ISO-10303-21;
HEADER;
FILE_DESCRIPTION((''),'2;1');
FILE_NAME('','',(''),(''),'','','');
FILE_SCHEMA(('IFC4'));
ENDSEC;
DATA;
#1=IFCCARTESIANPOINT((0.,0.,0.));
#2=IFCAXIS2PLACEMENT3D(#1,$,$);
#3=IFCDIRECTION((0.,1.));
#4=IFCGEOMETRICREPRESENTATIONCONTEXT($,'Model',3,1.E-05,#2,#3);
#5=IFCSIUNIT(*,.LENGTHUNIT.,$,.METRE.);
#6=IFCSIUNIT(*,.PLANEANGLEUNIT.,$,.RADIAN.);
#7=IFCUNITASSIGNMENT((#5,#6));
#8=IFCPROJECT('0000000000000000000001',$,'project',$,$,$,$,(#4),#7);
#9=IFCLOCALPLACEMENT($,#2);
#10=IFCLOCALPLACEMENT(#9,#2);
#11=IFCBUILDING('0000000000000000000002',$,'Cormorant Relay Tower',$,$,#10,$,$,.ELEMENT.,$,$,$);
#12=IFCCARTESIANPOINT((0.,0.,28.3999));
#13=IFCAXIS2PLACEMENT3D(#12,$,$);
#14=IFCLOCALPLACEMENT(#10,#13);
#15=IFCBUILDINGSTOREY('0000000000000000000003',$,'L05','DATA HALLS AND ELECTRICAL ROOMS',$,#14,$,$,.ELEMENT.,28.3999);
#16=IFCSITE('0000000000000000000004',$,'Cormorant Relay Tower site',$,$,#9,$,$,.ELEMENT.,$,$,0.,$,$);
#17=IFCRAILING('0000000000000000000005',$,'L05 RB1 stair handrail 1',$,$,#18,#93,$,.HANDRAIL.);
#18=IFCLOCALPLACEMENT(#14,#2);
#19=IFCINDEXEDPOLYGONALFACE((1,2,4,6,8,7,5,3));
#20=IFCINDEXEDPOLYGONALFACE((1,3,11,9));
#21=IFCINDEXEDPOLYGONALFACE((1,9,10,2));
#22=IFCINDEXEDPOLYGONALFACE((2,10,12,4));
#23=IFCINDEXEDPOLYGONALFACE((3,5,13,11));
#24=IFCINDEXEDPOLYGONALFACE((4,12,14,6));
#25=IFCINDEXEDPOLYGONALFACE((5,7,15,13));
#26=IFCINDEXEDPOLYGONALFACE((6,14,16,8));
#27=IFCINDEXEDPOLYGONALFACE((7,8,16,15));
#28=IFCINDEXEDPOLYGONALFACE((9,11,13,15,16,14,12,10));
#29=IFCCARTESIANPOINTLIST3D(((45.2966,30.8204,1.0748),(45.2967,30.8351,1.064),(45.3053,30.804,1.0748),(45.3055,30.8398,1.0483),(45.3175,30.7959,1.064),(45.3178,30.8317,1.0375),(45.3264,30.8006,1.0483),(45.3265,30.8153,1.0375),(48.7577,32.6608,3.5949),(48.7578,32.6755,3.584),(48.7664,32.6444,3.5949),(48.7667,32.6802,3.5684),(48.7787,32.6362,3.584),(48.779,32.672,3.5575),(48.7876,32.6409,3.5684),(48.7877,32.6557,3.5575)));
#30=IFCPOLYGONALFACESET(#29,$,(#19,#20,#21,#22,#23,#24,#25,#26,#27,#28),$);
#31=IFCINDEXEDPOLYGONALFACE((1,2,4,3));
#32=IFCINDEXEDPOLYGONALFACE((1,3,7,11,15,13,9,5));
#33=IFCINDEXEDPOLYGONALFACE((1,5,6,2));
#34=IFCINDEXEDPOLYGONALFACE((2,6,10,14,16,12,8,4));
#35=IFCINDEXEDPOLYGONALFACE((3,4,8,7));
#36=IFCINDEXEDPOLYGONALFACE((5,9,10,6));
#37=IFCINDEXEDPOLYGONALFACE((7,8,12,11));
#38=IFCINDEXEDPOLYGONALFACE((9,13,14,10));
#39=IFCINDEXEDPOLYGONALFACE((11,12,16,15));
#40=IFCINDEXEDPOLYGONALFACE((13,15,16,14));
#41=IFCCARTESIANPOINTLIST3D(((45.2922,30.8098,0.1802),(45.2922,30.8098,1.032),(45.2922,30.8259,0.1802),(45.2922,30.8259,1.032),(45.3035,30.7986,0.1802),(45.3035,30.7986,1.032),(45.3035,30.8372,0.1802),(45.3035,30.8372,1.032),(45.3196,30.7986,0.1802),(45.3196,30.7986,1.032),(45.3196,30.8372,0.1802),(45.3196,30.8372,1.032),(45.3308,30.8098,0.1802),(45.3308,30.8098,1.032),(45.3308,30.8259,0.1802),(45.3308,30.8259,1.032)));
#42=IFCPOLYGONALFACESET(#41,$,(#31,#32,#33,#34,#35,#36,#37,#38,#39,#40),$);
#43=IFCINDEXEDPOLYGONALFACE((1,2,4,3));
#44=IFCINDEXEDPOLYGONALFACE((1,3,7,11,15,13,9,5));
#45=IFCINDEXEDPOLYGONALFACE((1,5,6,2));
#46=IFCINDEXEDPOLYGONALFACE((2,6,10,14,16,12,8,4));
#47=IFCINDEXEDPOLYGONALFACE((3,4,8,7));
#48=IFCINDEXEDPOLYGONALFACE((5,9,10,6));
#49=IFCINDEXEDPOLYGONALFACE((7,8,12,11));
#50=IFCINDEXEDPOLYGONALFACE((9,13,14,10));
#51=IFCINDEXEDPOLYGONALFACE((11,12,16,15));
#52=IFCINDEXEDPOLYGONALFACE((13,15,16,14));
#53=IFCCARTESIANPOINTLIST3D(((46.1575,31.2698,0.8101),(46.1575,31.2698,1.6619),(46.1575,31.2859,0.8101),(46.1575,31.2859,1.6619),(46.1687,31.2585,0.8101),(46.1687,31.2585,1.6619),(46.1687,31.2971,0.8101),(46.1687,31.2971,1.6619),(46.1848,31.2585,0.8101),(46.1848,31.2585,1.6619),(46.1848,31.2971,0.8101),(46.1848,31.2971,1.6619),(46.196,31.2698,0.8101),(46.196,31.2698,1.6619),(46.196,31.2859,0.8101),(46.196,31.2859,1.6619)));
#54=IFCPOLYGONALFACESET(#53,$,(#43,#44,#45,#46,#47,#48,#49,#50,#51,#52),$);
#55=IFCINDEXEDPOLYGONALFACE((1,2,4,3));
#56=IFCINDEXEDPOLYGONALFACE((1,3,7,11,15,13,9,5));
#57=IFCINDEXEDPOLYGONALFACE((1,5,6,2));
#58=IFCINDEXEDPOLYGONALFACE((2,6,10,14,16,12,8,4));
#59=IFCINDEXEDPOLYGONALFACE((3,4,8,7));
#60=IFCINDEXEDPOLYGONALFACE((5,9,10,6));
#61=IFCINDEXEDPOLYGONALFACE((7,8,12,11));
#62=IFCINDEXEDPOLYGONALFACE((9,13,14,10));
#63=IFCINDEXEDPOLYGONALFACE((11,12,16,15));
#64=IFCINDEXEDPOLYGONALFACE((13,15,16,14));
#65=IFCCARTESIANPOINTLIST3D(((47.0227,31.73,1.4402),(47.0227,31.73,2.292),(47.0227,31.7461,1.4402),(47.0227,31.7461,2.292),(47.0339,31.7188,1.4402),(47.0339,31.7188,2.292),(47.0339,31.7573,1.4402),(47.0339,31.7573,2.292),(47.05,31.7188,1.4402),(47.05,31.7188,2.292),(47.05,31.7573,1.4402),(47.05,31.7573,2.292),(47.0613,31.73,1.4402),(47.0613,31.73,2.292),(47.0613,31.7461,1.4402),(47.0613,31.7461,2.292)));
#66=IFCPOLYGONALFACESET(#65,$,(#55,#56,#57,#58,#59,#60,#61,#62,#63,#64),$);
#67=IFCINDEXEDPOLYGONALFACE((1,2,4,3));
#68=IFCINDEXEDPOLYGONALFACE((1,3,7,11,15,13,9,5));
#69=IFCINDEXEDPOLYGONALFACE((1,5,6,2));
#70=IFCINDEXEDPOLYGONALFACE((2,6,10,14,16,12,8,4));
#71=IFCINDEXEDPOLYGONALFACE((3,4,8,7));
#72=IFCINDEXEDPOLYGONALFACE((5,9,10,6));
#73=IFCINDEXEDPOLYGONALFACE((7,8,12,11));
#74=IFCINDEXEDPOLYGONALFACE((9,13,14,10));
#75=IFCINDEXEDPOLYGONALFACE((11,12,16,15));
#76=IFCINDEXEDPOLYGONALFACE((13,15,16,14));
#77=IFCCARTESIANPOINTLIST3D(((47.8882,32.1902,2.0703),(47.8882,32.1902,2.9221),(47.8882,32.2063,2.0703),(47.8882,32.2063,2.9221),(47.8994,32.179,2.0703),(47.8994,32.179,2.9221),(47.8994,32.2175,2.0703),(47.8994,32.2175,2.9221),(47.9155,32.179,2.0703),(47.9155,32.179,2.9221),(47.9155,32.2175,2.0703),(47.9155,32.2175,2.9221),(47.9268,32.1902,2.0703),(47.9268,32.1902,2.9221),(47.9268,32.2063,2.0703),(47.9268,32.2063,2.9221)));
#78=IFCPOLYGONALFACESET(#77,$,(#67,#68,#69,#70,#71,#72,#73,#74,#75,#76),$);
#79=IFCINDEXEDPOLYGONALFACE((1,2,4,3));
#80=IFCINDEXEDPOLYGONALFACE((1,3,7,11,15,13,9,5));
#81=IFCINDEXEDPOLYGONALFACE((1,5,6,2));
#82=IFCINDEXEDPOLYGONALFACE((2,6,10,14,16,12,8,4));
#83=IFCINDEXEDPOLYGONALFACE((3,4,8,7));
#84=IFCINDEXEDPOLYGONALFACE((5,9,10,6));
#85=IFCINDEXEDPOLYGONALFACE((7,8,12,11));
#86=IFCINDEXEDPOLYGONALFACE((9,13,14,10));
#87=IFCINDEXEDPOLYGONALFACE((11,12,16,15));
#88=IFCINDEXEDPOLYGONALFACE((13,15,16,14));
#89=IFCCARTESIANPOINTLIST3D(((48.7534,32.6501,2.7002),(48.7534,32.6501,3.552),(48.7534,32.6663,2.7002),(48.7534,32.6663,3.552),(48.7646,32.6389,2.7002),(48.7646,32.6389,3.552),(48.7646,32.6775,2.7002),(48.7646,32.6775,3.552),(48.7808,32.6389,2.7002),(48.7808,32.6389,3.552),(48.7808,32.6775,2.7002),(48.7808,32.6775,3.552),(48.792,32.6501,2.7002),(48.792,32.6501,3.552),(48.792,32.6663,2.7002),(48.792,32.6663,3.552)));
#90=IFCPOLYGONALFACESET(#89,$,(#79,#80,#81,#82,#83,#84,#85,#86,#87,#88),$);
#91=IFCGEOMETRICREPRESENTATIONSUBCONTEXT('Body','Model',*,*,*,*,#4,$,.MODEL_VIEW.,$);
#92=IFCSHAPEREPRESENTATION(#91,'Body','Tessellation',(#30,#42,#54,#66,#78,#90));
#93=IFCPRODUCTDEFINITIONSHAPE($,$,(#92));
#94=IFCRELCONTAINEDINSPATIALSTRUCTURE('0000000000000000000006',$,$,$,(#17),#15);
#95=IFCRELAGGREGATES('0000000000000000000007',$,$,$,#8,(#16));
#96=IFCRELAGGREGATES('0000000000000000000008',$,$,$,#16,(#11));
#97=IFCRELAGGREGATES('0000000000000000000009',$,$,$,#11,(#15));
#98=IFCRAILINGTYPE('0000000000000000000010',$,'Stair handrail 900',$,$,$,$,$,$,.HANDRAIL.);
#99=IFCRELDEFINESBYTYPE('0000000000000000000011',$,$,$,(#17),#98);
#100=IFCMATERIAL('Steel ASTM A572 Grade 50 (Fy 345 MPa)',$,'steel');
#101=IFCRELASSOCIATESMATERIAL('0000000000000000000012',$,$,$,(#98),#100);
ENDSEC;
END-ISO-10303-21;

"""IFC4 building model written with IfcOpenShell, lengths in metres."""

from ifc_helpers import new_model, si_unit, direction, frame, origin, place, context, subcontext, project, spatial, polyline, outline, extrude, material, type_object, element, save


model = new_model("IFC4")

# Units and contexts
model_context = context("Model", 3, precision=1e-05, world=origin(), true_north=direction((0.0, 1.0)))
body_context = subcontext(model_context, "Body", "Model", "MODEL_VIEW")
ifc_project = project(units=[si_unit("LENGTHUNIT", "METRE"), si_unit("PLANEANGLEUNIT", "RADIAN")], contexts=[model_context])

# Site, building, storey
site_placement = place(None, origin())
site = spatial("IfcSite", under=ifc_project, at=site_placement, Name="Cormorant Relay Tower site", CompositionType="ELEMENT", RefElevation=0.0)
building_placement = place(site_placement, origin())
building = spatial("IfcBuilding", under=site, at=building_placement, Name="Cormorant Relay Tower", CompositionType="ELEMENT")
storey_placement = place(building_placement, frame((0.0, 0.0, 28.3999)))
storey = spatial("IfcBuildingStorey", under=building, at=storey_placement, Name="L05", Description="DATA HALLS AND ELECTRICAL ROOMS", CompositionType="ELEMENT", Elevation=28.3999)

# Railing
ifc_material_1 = material(Name="Steel ASTM A572 Grade 50 (Fy 345 MPa)", Category="steel")
railing_type = type_object("IfcRailingType", Name="Stair handrail 900", PredefinedType="HANDRAIL", material=ifc_material_1)
railing_placement = place(storey_placement, frame((45.3115, 30.8179, 0.1802)))
element("IfcRailing", 1, at=railing_placement, inside=storey, type_object=railing_type, Name="L05 RB1 stair handrail 1", PredefinedType="HANDRAIL", context=body_context, shape_type="SweptSolid", body=[
    extrude(outline(polyline([(0.0222, 0.0093), (0.0093, 0.0222), (-0.0093, 0.0222), (-0.0222, 0.0093), (-0.0222, -0.0093), (-0.0093, -0.0222), (0.0093, -0.0222), (0.0222, -0.0093), (0.0222, 0.0093)])), frame((0.0, 0.0, 0.876), z_axis=(0.742717, 0.394907, 0.540758), x_axis=(-0.469469, 0.882949, 0.0)), (0.0, 0.0, 1.0), 4.6602),
    extrude(outline(polyline([(0.0193, 0.0081), (0.0081, 0.0193), (-0.0081, 0.0193), (-0.0193, 0.0081), (-0.0193, -0.0081), (-0.0081, -0.0193), (0.0081, -0.0193), (0.0193, -0.0081), (0.0193, 0.0081)])), origin(), (0.0, 0.0, 1.0), 0.8518),
    extrude(outline(polyline([(0.0193, 0.0081), (0.0081, 0.0193), (-0.0081, 0.0193), (-0.0193, 0.0081), (-0.0193, -0.0081), (-0.0081, -0.0193), (0.0081, -0.0193), (0.0193, -0.0081), (0.0193, 0.0081)])), frame((0.8652, 0.46, 0.6299)), (0.0, 0.0, 1.0), 0.8518),
    extrude(outline(polyline([(0.0193, 0.0081), (0.0081, 0.0193), (-0.0081, 0.0193), (-0.0193, 0.0081), (-0.0193, -0.0081), (-0.0081, -0.0193), (0.0081, -0.0193), (0.0193, -0.0081), (0.0193, 0.0081)])), frame((1.7305, 0.9202, 1.26)), (0.0, 0.0, 1.0), 0.8518),
    extrude(outline(polyline([(0.0193, 0.0081), (0.0081, 0.0193), (-0.0081, 0.0193), (-0.0193, 0.0081), (-0.0193, -0.0081), (-0.0081, -0.0193), (0.0081, -0.0193), (0.0193, -0.0081), (0.0193, 0.0081)])), frame((2.5959, 1.3804, 1.8901)), (0.0, 0.0, 1.0), 0.8518),
    extrude(outline(polyline([(0.0193, 0.0081), (0.0081, 0.0193), (-0.0081, 0.0193), (-0.0193, 0.0081), (-0.0193, -0.0081), (-0.0081, -0.0193), (0.0081, -0.0193), (0.0193, -0.0081), (0.0193, 0.0081)])), frame((3.4612, 1.8403, 2.52)), (0.0, 0.0, 1.0), 0.8518),
])

save(model, "model.ifc")
